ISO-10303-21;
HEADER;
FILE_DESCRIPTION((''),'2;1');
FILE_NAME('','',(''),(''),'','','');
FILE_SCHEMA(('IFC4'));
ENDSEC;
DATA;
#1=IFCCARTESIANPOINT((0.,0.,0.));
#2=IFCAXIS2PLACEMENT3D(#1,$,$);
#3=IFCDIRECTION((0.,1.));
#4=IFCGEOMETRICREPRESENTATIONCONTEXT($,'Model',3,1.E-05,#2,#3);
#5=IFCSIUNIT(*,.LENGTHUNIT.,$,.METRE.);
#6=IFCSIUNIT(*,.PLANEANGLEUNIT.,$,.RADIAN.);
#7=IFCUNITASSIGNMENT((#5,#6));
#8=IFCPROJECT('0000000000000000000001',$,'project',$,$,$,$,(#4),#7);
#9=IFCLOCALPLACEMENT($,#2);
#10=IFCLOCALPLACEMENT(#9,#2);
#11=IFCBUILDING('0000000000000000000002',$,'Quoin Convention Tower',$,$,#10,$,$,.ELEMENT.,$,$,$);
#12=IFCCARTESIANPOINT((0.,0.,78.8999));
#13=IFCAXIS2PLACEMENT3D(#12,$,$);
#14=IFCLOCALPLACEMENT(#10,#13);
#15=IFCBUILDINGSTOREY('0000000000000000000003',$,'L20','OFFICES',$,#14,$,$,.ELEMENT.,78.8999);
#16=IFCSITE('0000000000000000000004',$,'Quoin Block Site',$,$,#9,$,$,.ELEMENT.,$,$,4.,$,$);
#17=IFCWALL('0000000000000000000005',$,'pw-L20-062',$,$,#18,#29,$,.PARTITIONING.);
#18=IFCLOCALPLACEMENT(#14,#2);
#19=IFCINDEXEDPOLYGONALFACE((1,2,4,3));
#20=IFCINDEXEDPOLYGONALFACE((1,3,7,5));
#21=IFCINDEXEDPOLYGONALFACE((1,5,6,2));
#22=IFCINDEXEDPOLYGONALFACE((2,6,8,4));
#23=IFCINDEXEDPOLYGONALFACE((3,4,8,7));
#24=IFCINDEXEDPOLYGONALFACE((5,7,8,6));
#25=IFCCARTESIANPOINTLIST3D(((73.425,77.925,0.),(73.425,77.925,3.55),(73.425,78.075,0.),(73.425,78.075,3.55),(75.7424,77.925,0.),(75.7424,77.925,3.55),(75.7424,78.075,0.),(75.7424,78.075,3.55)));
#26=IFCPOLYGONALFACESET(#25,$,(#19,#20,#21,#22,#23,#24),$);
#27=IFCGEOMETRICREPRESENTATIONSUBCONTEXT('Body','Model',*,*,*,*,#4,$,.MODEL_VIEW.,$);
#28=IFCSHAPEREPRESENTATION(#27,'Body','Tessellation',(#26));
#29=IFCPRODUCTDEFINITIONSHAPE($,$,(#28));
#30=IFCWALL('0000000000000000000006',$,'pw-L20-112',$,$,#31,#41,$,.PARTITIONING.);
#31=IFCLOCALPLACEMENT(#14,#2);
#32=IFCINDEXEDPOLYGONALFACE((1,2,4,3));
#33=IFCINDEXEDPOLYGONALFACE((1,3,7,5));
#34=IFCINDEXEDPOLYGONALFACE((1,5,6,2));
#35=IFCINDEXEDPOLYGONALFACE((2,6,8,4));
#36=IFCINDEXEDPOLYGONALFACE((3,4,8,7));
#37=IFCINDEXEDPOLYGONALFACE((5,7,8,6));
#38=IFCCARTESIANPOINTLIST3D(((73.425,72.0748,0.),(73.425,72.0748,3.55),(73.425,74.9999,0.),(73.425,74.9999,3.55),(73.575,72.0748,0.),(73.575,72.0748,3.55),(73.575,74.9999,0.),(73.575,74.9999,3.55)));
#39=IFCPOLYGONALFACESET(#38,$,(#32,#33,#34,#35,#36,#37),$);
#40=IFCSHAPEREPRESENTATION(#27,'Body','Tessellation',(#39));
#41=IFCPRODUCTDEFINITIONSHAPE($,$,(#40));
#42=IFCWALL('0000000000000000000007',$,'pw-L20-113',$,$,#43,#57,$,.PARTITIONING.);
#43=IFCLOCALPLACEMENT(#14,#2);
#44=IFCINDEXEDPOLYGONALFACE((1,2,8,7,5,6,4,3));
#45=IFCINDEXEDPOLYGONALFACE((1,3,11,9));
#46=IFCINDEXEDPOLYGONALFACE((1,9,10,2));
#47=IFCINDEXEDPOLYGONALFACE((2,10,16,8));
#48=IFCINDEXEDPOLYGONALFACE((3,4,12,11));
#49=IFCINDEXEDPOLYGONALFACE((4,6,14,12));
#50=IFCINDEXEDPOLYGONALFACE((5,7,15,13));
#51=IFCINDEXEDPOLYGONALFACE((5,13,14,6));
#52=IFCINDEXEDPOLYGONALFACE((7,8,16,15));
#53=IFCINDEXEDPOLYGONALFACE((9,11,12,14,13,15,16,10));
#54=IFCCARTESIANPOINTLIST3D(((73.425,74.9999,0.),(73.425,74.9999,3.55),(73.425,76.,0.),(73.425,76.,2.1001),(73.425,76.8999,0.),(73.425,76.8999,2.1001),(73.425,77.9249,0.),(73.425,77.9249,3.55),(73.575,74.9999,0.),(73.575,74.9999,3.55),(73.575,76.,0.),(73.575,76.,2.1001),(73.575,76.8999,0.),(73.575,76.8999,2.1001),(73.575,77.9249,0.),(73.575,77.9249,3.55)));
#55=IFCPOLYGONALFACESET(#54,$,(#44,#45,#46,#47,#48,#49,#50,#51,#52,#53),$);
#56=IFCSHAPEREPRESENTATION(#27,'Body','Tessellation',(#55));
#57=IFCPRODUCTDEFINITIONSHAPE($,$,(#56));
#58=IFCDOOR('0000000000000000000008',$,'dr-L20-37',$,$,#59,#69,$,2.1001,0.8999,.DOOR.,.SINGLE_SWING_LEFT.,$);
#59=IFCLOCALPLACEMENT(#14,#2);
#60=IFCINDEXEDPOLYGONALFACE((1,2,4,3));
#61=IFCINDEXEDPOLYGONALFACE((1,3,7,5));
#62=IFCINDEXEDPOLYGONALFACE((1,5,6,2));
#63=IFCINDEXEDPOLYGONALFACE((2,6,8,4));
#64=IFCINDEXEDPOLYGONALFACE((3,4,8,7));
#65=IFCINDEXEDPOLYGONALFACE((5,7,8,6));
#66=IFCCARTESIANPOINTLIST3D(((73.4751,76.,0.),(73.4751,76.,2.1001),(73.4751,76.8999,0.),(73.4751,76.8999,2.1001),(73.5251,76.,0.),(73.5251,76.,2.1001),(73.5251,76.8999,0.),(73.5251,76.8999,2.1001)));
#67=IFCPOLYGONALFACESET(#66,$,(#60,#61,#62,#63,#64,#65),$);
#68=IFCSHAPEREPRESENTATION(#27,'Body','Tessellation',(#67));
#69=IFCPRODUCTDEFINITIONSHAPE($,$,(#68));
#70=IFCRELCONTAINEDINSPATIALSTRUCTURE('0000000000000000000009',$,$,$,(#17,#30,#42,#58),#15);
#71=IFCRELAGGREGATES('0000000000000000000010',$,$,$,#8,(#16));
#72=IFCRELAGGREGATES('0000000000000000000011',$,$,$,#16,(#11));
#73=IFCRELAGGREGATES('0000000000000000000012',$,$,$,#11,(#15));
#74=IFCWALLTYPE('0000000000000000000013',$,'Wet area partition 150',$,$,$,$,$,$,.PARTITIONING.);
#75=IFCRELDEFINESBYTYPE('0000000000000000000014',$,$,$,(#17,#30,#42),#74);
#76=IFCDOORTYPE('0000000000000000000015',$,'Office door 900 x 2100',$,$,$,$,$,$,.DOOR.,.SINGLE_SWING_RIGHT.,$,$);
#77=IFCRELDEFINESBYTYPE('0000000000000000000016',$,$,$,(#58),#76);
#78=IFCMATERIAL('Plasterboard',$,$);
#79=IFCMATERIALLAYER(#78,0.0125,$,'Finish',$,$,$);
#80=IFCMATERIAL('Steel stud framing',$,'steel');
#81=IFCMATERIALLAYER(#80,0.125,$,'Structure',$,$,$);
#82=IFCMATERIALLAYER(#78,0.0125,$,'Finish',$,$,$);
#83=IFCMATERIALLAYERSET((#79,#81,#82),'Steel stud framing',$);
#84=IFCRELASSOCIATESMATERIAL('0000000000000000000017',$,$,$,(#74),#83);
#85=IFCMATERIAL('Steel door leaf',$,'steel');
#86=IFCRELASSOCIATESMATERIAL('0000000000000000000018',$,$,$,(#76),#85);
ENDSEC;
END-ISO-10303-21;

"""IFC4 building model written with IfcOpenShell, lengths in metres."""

from ifc_helpers import new_model, si_unit, direction, frame, frame_2d, origin, place, context, subcontext, project, spatial, rectangle, extrude, material, layer, layer_set, type_object, element, fill, save


model = new_model("IFC4")

# Units and contexts
model_context = context("Model", 3, precision=1e-05, world=origin(), true_north=direction((0.0, 1.0)))
body_context = subcontext(model_context, "Body", "Model", "MODEL_VIEW")
ifc_project = project(units=[si_unit("LENGTHUNIT", "METRE"), si_unit("PLANEANGLEUNIT", "RADIAN")], contexts=[model_context])

# Site, building, storey
site_placement = place(None, origin())
site = spatial("IfcSite", under=ifc_project, at=site_placement, Name="Quoin Block Site", CompositionType="ELEMENT", RefElevation=4.0)
building_placement = place(site_placement, origin())
building = spatial("IfcBuilding", under=site, at=building_placement, Name="Quoin Convention Tower", CompositionType="ELEMENT")
storey_placement = place(building_placement, frame((0.0, 0.0, 78.8999)))
storey = spatial("IfcBuildingStorey", under=building, at=storey_placement, Name="L20", Description="OFFICES", CompositionType="ELEMENT", Elevation=78.8999)

# Shared definitions
ifc_material_1 = material(Name="Plasterboard")
ifc_material_2 = material(Name="Steel stud framing", Category="steel")

# Shared definitions
ifc_layer_1 = layer(ifc_material_1, 0.0125, Name="Finish")
ifc_layer_2 = layer(ifc_material_2, 0.125, Name="Structure")
ifc_layer_3 = layer(ifc_material_1, 0.0125, Name="Finish")
ifc_layer_set_1 = layer_set([ifc_layer_1, ifc_layer_2, ifc_layer_3], Name="Steel stud framing")
wall_type_1 = type_object("IfcWallType", Name="Wet area partition 150", PredefinedType="PARTITIONING", material=ifc_layer_set_1)
ifc_material_3 = material(Name="Steel door leaf", Category="steel")
door_type = type_object("IfcDoorType", Name="Office door 900 x 2100", OperationType="SINGLE_SWING_RIGHT", PredefinedType="DOOR", material=ifc_material_3)

# Walls
wall_1_placement = place(storey_placement, frame((73.425, 78.0, 0.0), z_axis=(0.0, 0.0, 1.0), x_axis=(1.0, 0.0, 0.0)))
element("IfcWall", 1, at=wall_1_placement, inside=storey, type_object=wall_type_1, Name="pw-L20-062", PredefinedType="PARTITIONING", context=body_context, shape_type="SweptSolid", body=[
    extrude(rectangle(XDim=2.3174, YDim=0.1499, at=frame_2d((1.1587, 0.0))), origin(), (0.0, 0.0, 1.0), 3.55),
])
wall_2_placement = place(storey_placement, frame((73.5, 72.075, 0.0), z_axis=(0.0, 0.0, 1.0), x_axis=(0.0, 1.0, 0.0)))
element("IfcWall", 2, at=wall_2_placement, inside=storey, type_object=wall_type_1, Name="pw-L20-112", PredefinedType="PARTITIONING", context=body_context, shape_type="SweptSolid", body=[
    extrude(rectangle(XDim=2.925, YDim=0.1499, at=frame_2d((1.4624, 0.0))), origin(), (0.0, 0.0, 1.0), 3.55),
])

# Wall, opening, door
wall_3_placement = place(storey_placement, frame((73.5, 75.0, 0.0), z_axis=(0.0, 0.0, 1.0), x_axis=(0.0, 1.0, 0.0)))
wall_3 = element("IfcWall", 3, at=wall_3_placement, inside=storey, type_object=wall_type_1, Name="pw-L20-113", PredefinedType="PARTITIONING", context=body_context, shape_type="SweptSolid", body=[
    extrude(rectangle(XDim=2.925, YDim=0.1499, at=frame_2d((1.4624, 0.0))), origin(), (0.0, 0.0, 1.0), 3.55),
])
opening_1_placement = place(wall_3_placement, frame((1.0, 0.0, 0.0)))
opening_1 = element("IfcOpeningElement", 4, at=opening_1_placement, cuts=wall_3, PredefinedType="OPENING", context=body_context, shape_type="SweptSolid", body=[
    extrude(rectangle(XDim=0.8999, YDim=2.1001, at=frame_2d((0.45, 1.05))), frame((0.0, 0.085, 0.0), z_axis=(0.0, -1.0, 0.0), x_axis=(1.0, 0.0, 0.0)), (0.0, 0.0, 1.0), 0.1699),
])
door_1_placement = place(opening_1_placement, origin())
door_1 = element("IfcDoor", 5, at=door_1_placement, inside=storey, type_object=door_type, Name="dr-L20-37", OperationType="SINGLE_SWING_LEFT", OverallHeight=2.1001, OverallWidth=0.8999, PredefinedType="DOOR", context=body_context, shape_type="SweptSolid", body=[
    extrude(rectangle(XDim=0.8999, YDim=2.1001, at=frame_2d((0.45, 1.05))), frame((0.0, 0.0249, 0.0), z_axis=(0.0, -1.0, 0.0), x_axis=(1.0, 0.0, 0.0)), (0.0, 0.0, 1.0), 0.05),
])
fill(opening_1, door_1)

save(model, "model.ifc")
